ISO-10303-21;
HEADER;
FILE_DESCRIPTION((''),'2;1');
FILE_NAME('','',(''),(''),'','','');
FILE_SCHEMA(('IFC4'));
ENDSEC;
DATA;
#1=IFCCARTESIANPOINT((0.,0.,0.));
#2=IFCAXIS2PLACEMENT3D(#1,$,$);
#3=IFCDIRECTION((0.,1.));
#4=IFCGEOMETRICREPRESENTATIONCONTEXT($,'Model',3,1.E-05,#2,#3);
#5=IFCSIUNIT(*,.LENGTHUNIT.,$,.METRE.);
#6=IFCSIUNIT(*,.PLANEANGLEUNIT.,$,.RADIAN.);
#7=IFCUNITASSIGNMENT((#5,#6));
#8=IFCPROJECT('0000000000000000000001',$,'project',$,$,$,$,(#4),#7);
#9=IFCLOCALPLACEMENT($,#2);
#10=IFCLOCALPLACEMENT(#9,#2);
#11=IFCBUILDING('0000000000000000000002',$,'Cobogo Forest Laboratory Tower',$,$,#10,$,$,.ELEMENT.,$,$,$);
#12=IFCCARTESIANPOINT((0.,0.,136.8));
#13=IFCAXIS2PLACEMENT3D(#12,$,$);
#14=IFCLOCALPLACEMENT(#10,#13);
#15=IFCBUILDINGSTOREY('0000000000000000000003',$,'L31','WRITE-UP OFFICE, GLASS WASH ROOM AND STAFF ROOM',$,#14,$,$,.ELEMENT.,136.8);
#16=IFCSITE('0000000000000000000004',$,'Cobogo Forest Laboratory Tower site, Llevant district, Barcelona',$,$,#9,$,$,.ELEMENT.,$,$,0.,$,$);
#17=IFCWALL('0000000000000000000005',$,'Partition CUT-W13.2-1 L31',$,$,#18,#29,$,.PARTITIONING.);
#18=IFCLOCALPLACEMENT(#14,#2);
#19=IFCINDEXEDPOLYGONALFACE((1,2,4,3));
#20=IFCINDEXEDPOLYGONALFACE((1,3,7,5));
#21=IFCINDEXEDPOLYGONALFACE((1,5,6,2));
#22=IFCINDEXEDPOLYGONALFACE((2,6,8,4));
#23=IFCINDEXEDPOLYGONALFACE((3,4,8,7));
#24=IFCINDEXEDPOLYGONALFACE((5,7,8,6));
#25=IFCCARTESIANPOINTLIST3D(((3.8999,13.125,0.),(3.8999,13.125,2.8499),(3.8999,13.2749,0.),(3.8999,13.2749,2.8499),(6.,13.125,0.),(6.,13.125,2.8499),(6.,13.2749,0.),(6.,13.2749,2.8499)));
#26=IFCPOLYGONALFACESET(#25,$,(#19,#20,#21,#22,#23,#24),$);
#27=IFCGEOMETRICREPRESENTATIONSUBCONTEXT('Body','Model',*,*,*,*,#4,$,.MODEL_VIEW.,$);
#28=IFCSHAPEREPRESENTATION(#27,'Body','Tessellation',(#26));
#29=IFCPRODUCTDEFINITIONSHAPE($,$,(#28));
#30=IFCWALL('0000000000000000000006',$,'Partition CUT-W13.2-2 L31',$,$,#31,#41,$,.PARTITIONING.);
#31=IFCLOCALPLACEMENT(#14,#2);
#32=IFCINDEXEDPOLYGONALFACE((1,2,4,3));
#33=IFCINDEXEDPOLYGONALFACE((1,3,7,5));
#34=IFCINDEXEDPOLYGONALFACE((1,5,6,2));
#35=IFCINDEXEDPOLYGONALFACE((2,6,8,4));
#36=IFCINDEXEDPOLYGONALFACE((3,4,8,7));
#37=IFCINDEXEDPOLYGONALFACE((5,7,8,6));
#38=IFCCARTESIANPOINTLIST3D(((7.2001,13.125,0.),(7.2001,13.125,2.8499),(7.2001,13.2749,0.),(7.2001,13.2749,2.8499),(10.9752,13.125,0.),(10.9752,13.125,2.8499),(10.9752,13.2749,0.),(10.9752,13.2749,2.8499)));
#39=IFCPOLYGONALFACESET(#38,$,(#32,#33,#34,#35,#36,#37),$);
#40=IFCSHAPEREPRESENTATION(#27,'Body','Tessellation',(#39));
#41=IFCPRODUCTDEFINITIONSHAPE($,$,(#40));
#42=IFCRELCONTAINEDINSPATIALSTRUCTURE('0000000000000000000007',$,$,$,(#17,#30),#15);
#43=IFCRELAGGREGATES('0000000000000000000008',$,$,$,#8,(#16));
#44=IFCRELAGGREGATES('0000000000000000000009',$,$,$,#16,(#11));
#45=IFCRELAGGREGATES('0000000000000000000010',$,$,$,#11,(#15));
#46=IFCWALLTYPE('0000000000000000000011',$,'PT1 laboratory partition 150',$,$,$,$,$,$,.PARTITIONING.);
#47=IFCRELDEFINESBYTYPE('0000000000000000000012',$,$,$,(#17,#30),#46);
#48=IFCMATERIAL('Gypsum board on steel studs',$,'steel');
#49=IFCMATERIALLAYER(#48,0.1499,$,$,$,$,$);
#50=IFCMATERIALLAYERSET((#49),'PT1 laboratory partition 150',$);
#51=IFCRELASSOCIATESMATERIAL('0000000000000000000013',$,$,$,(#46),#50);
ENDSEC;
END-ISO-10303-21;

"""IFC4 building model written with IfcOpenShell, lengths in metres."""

from ifc_helpers import new_model, si_unit, direction, frame, frame_2d, origin, place, context, subcontext, project, spatial, rectangle, extrude, material, layer, layer_set, type_object, element, save


model = new_model("IFC4")

# Units and contexts
model_context = context("Model", 3, precision=1e-05, world=origin(), true_north=direction((0.0, 1.0)))
body_context = subcontext(model_context, "Body", "Model", "MODEL_VIEW")
ifc_project = project(units=[si_unit("LENGTHUNIT", "METRE"), si_unit("PLANEANGLEUNIT", "RADIAN")], contexts=[model_context])

# Site, building, storey
site_placement = place(None, origin())
site = spatial("IfcSite", under=ifc_project, at=site_placement, Name="Cobogo Forest Laboratory Tower site, Llevant district, Barcelona", CompositionType="ELEMENT", RefElevation=0.0)
building_placement = place(site_placement, origin())
building = spatial("IfcBuilding", under=site, at=building_placement, Name="Cobogo Forest Laboratory Tower", CompositionType="ELEMENT")
storey_placement = place(building_placement, frame((0.0, 0.0, 136.8)))
storey = spatial("IfcBuildingStorey", under=building, at=storey_placement, Name="L31", Description="WRITE-UP OFFICE, GLASS WASH ROOM AND STAFF ROOM", CompositionType="ELEMENT", Elevation=136.8)

# Walls
ifc_material_1 = material(Name="Gypsum board on steel studs", Category="steel")
ifc_layer_1 = layer(ifc_material_1, 0.1499)
ifc_layer_set_1 = layer_set([ifc_layer_1], Name="PT1 laboratory partition 150")
wall_type = type_object("IfcWallType", Name="PT1 laboratory partition 150", PredefinedType="PARTITIONING", material=ifc_layer_set_1)
wall_1_placement = place(storey_placement, frame((3.8999, 13.2, 0.0), z_axis=(0.0, 0.0, 1.0), x_axis=(1.0, 0.0, 0.0)))
element("IfcWall", 1, at=wall_1_placement, inside=storey, type_object=wall_type, Name="Partition CUT-W13.2-1 L31", PredefinedType="PARTITIONING", context=body_context, shape_type="SweptSolid", body=[
    extrude(rectangle(XDim=2.1001, YDim=0.1499, at=frame_2d((1.05, 0.0))), origin(), (0.0, 0.0, 1.0), 2.8499),
])
wall_2_placement = place(storey_placement, frame((7.2, 13.2, 0.0), z_axis=(0.0, 0.0, 1.0), x_axis=(1.0, 0.0, 0.0)))
element("IfcWall", 2, at=wall_2_placement, inside=storey, type_object=wall_type, Name="Partition CUT-W13.2-2 L31", PredefinedType="PARTITIONING", context=body_context, shape_type="SweptSolid", body=[
    extrude(rectangle(XDim=3.7751, YDim=0.1499, at=frame_2d((1.8877, 0.0))), origin(), (0.0, 0.0, 1.0), 2.8499),
])

save(model, "model.ifc")
